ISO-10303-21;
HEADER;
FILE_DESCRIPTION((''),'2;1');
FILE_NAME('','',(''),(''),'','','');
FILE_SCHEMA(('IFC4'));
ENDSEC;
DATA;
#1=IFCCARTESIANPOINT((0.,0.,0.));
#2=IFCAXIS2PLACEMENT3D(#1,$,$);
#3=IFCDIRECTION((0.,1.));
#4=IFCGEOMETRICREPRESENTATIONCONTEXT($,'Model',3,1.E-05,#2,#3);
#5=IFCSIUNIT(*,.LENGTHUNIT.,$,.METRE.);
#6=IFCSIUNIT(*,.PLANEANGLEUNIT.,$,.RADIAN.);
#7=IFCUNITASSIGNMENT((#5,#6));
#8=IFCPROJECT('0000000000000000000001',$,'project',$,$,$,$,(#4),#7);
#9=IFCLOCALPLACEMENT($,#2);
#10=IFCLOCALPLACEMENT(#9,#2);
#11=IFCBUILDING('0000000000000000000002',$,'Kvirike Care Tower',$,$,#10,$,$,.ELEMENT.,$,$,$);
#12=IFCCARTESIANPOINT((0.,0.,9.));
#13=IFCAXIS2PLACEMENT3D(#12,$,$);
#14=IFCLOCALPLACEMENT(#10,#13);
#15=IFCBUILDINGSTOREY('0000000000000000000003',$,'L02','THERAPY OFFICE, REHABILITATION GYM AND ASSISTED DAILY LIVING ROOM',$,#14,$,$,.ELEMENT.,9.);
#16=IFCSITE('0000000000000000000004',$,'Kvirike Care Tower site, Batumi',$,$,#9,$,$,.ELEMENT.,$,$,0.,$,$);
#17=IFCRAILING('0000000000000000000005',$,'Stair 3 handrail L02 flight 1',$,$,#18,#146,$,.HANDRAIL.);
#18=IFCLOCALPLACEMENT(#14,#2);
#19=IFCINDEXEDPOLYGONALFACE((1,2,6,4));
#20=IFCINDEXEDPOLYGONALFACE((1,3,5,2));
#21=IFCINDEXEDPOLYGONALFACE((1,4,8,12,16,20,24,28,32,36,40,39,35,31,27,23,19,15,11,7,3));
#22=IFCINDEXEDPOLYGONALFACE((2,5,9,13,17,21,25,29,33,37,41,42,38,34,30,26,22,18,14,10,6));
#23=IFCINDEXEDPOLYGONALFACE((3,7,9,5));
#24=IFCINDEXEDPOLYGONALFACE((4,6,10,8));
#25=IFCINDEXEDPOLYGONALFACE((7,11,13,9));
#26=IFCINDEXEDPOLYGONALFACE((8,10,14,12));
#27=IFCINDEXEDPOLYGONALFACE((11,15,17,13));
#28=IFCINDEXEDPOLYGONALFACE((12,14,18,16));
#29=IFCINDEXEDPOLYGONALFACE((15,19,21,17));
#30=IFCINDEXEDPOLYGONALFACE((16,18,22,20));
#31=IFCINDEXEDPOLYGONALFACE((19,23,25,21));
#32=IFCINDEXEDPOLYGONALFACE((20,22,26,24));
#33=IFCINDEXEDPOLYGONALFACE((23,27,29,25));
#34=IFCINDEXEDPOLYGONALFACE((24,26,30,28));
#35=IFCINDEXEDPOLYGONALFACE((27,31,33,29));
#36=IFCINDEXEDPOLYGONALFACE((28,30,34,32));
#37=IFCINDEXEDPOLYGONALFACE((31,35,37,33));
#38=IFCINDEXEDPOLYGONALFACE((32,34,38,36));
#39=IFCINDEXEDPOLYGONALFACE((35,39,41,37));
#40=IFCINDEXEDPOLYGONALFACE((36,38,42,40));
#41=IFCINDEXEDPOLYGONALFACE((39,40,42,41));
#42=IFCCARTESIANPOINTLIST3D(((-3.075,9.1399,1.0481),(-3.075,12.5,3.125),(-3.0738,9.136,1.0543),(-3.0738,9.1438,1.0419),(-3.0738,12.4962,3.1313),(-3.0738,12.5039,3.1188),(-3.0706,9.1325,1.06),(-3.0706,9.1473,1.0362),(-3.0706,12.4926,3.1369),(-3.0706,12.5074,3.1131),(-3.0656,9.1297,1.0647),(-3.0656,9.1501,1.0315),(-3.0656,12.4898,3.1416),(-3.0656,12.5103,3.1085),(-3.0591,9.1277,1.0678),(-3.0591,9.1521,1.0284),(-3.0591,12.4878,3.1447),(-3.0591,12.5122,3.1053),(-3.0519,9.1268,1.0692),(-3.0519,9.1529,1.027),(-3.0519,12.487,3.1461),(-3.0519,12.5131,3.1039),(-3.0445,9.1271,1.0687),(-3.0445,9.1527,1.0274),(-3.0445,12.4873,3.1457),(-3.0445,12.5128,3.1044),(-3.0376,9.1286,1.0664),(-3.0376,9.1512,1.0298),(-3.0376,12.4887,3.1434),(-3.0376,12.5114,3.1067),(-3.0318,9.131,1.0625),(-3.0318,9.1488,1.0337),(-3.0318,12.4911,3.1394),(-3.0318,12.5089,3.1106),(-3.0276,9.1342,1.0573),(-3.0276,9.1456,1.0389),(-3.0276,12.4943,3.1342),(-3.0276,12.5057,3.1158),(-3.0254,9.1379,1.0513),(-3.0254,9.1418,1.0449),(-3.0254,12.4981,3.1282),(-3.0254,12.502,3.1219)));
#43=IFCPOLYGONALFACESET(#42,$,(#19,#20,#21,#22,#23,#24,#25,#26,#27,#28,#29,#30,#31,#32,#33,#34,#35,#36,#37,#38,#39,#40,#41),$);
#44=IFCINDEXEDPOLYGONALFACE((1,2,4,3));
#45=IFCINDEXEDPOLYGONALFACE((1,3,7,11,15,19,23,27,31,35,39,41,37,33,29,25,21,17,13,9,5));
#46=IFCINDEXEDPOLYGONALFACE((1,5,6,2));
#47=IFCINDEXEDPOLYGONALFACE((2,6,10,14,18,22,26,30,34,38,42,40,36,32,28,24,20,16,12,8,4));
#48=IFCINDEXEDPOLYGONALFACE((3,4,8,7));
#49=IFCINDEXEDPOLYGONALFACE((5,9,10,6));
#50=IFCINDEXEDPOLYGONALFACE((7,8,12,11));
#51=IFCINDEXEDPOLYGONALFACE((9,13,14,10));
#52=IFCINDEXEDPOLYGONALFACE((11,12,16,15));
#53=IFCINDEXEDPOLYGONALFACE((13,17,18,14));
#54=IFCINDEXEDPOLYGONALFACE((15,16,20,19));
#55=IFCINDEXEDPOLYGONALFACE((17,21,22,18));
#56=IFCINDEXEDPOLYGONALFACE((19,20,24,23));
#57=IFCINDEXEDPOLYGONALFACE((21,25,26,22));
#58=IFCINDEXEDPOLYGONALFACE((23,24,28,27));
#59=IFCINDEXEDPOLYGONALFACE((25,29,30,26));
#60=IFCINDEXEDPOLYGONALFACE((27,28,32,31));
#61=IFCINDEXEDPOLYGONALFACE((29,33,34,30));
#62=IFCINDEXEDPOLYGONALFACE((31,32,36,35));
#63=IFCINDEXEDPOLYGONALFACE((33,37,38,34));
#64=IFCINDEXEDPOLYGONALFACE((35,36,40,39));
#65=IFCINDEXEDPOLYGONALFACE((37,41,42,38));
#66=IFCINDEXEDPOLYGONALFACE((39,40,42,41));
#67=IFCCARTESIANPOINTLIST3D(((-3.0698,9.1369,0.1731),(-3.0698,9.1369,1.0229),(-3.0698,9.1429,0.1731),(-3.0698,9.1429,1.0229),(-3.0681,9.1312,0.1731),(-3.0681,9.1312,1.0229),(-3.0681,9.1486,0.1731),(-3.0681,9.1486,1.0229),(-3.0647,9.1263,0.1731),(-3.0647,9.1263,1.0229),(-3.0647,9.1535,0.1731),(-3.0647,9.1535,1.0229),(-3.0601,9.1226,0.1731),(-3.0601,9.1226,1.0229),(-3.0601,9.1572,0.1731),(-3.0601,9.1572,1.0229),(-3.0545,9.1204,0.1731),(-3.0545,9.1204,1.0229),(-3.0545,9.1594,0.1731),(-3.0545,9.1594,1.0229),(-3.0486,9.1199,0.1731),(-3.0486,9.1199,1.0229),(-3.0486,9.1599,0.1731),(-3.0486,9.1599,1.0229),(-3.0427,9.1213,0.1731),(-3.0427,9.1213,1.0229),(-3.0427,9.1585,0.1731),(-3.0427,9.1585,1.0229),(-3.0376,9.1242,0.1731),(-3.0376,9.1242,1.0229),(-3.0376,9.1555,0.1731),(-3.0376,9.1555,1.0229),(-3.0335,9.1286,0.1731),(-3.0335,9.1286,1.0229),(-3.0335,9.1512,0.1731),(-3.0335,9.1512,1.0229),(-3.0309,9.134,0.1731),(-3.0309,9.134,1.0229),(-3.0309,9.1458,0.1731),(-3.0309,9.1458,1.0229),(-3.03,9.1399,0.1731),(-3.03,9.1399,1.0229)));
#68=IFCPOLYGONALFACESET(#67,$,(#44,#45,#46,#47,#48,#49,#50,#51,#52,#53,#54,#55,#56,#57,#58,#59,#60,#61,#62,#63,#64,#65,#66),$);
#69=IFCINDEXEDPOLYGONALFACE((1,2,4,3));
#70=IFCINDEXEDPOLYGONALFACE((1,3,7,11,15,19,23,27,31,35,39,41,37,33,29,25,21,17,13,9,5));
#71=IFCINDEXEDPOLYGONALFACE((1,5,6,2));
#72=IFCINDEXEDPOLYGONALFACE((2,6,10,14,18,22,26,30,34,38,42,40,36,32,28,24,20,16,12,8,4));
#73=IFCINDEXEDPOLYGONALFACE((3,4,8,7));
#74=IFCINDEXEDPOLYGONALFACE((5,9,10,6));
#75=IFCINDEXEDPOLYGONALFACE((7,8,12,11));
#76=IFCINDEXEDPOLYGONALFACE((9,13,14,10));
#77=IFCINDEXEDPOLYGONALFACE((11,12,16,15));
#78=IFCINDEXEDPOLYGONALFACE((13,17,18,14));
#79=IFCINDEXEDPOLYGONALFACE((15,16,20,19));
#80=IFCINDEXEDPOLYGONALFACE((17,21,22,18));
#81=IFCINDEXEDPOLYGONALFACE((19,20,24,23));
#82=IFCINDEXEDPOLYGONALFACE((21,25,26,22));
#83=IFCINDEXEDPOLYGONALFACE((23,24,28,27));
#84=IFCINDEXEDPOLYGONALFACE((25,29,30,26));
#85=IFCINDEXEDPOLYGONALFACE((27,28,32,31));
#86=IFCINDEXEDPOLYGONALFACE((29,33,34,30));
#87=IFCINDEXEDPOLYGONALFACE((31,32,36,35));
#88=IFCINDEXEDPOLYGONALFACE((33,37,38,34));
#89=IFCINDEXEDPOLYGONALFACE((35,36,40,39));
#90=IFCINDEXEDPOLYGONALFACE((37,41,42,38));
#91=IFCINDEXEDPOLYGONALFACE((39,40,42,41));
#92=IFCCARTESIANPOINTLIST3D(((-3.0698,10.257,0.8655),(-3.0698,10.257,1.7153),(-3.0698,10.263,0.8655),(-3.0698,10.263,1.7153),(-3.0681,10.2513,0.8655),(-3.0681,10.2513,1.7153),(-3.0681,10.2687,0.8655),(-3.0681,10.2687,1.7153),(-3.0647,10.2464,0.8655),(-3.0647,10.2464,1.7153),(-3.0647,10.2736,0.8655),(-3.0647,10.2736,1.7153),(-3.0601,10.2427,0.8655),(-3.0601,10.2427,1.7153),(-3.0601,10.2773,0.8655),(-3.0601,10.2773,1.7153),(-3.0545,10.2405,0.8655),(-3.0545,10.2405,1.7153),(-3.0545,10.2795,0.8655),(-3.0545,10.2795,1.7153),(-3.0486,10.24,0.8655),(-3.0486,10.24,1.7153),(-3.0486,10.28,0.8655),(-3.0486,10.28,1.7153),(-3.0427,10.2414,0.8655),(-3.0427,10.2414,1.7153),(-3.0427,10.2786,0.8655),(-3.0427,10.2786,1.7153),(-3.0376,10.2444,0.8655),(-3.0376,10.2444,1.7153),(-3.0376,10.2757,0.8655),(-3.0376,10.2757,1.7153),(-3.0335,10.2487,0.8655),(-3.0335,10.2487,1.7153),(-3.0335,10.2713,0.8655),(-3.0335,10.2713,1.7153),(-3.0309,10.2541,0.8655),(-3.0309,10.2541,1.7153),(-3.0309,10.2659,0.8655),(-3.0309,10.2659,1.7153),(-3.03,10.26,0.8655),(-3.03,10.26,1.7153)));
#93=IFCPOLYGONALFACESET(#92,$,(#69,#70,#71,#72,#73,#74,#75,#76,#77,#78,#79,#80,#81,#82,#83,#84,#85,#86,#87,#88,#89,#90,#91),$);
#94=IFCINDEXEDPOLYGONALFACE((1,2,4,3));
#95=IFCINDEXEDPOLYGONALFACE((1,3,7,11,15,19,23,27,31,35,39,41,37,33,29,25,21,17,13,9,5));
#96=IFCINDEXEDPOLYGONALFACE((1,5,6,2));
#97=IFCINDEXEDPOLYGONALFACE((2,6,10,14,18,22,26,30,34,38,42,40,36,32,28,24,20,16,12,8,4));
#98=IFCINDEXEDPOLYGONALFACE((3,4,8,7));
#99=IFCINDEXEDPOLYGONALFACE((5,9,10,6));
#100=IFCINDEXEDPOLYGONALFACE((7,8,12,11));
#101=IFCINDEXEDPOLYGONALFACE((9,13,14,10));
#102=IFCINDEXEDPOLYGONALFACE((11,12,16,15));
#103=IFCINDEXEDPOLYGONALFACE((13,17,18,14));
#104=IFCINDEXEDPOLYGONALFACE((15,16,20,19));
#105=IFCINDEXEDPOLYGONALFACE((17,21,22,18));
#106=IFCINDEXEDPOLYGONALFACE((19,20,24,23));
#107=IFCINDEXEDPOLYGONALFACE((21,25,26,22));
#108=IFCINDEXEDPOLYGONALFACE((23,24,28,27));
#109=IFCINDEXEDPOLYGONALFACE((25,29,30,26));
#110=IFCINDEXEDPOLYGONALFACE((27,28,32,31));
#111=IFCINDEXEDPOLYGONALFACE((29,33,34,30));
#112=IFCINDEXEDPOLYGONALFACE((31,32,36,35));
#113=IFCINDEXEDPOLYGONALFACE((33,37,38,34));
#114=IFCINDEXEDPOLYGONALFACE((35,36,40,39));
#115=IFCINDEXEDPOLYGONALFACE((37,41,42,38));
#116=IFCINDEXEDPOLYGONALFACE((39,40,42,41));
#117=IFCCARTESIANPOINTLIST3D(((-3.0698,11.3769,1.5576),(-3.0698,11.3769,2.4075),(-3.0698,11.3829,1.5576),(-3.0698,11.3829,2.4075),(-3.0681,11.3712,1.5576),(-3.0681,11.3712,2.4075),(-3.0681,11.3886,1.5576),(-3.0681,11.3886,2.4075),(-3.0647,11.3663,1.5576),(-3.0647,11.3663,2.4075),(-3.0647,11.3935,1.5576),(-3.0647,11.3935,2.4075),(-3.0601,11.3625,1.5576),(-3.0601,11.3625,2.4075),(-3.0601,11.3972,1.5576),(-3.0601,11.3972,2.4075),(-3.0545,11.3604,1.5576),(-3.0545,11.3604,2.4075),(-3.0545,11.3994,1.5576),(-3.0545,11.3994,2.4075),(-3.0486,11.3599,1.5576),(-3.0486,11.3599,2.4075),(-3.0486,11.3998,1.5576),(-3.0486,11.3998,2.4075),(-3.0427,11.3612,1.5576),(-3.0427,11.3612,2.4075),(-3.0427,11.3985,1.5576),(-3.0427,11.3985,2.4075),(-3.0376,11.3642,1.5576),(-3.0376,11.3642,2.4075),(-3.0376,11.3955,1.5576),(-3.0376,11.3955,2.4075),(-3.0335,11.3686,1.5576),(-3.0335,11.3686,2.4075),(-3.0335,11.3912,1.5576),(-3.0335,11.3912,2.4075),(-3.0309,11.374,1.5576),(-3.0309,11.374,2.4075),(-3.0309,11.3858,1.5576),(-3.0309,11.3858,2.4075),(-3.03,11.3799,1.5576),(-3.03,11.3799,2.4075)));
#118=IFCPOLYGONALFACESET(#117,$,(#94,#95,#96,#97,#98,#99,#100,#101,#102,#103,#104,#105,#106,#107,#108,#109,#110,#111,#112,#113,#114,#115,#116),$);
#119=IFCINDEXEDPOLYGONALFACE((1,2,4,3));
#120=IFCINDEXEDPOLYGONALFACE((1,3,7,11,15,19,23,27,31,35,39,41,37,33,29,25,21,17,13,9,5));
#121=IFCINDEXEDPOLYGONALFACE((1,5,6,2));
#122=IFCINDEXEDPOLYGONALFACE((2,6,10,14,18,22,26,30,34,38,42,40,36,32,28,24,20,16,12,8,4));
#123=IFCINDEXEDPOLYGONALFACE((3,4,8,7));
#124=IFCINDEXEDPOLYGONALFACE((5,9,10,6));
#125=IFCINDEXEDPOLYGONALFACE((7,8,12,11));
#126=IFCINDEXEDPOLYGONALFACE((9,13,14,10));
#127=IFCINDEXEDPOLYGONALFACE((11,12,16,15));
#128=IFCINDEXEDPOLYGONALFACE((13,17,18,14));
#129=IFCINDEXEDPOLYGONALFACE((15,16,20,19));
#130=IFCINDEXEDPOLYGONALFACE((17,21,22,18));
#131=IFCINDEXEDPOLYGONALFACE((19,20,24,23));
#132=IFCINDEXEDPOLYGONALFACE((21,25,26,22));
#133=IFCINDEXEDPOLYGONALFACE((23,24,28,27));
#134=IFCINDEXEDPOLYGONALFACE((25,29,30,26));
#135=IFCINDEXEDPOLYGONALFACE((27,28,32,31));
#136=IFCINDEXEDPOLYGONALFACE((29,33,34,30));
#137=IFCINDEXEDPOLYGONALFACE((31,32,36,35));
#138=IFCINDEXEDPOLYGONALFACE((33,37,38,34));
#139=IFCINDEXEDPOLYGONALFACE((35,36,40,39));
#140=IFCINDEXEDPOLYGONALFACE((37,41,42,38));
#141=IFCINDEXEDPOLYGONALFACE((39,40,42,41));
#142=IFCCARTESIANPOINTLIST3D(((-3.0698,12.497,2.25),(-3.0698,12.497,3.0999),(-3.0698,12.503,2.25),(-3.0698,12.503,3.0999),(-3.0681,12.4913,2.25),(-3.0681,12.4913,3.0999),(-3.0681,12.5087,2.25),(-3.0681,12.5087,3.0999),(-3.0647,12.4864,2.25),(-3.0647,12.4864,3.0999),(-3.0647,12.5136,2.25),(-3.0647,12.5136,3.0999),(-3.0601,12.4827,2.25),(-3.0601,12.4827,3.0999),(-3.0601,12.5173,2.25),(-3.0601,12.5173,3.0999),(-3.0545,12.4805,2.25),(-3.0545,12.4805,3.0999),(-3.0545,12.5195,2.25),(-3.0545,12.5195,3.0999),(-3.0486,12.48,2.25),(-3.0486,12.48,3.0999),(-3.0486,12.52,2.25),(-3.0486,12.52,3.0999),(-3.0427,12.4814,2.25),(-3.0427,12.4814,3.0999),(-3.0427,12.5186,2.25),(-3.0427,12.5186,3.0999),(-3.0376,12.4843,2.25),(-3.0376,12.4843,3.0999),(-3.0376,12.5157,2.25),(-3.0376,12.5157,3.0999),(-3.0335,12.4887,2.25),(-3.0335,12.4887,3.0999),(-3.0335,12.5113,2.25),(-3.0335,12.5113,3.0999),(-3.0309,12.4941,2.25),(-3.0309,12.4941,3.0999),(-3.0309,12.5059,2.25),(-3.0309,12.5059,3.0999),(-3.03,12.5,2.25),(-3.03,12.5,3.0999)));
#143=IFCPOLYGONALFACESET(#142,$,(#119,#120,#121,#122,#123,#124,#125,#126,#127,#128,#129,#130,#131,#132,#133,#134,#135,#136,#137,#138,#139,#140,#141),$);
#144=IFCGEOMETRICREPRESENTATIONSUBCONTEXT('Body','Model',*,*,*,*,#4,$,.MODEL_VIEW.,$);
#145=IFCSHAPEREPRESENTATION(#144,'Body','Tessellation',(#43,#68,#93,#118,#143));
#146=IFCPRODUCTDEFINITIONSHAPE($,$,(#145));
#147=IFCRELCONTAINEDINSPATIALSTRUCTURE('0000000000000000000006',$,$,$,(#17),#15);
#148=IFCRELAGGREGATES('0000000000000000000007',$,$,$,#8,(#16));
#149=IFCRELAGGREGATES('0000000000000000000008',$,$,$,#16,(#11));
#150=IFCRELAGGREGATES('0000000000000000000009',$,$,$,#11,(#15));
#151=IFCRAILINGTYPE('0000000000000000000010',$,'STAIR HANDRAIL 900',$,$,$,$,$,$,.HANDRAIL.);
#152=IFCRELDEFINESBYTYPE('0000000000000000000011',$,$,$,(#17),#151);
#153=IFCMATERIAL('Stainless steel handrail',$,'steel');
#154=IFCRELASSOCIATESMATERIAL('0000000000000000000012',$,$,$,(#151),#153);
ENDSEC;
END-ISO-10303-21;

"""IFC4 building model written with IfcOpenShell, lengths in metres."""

from ifc_helpers import new_model, si_unit, direction, frame, origin, origin_2d, place, context, subcontext, project, spatial, circle, extrude, material, type_object, element, save


model = new_model("IFC4")

# Units and contexts
model_context = context("Model", 3, precision=1e-05, world=origin(), true_north=direction((0.0, 1.0)))
body_context = subcontext(model_context, "Body", "Model", "MODEL_VIEW")
ifc_project = project(units=[si_unit("LENGTHUNIT", "METRE"), si_unit("PLANEANGLEUNIT", "RADIAN")], contexts=[model_context])

# Site, building, storey
site_placement = place(None, origin())
site = spatial("IfcSite", under=ifc_project, at=site_placement, Name="Kvirike Care Tower site, Batumi", CompositionType="ELEMENT", RefElevation=0.0)
building_placement = place(site_placement, origin())
building = spatial("IfcBuilding", under=site, at=building_placement, Name="Kvirike Care Tower", CompositionType="ELEMENT")
storey_placement = place(building_placement, frame((0.0, 0.0, 9.0)))
storey = spatial("IfcBuildingStorey", under=building, at=storey_placement, Name="L02", Description="THERAPY OFFICE, REHABILITATION GYM AND ASSISTED DAILY LIVING ROOM", CompositionType="ELEMENT", Elevation=9.0)

# Railing
ifc_material_1 = material(Name="Stainless steel handrail", Category="steel")
railing_type = type_object("IfcRailingType", Name="STAIR HANDRAIL 900", PredefinedType="HANDRAIL", material=ifc_material_1)
railing_placement = place(storey_placement, frame((-3.05, 9.1399, 0.1731)))
element("IfcRailing", 1, at=railing_placement, inside=storey, type_object=railing_type, Name="Stair 3 handrail L02 flight 1", PredefinedType="HANDRAIL", context=body_context, shape_type="SweptSolid", body=[
    extrude(circle(Radius=0.0249, at=origin_2d()), frame((0.0, 0.0, 0.875), z_axis=(0.0, 0.850623, 0.525776), x_axis=(-1.0, 0.0, 0.0)), (0.0, 0.0, 1.0), 3.9502),
    extrude(circle(Radius=0.02, at=origin_2d()), origin(), (0.0, 0.0, 1.0), 0.8499),
    extrude(circle(Radius=0.02, at=origin_2d()), frame((0.0, 1.1201, 0.6924)), (0.0, 0.0, 1.0), 0.8499),
    extrude(circle(Radius=0.02, at=origin_2d()), frame((0.0, 2.24, 1.3845)), (0.0, 0.0, 1.0), 0.8499),
    extrude(circle(Radius=0.02, at=origin_2d()), frame((0.0, 3.3601, 2.0769)), (0.0, 0.0, 1.0), 0.8499),
])

save(model, "model.ifc")
